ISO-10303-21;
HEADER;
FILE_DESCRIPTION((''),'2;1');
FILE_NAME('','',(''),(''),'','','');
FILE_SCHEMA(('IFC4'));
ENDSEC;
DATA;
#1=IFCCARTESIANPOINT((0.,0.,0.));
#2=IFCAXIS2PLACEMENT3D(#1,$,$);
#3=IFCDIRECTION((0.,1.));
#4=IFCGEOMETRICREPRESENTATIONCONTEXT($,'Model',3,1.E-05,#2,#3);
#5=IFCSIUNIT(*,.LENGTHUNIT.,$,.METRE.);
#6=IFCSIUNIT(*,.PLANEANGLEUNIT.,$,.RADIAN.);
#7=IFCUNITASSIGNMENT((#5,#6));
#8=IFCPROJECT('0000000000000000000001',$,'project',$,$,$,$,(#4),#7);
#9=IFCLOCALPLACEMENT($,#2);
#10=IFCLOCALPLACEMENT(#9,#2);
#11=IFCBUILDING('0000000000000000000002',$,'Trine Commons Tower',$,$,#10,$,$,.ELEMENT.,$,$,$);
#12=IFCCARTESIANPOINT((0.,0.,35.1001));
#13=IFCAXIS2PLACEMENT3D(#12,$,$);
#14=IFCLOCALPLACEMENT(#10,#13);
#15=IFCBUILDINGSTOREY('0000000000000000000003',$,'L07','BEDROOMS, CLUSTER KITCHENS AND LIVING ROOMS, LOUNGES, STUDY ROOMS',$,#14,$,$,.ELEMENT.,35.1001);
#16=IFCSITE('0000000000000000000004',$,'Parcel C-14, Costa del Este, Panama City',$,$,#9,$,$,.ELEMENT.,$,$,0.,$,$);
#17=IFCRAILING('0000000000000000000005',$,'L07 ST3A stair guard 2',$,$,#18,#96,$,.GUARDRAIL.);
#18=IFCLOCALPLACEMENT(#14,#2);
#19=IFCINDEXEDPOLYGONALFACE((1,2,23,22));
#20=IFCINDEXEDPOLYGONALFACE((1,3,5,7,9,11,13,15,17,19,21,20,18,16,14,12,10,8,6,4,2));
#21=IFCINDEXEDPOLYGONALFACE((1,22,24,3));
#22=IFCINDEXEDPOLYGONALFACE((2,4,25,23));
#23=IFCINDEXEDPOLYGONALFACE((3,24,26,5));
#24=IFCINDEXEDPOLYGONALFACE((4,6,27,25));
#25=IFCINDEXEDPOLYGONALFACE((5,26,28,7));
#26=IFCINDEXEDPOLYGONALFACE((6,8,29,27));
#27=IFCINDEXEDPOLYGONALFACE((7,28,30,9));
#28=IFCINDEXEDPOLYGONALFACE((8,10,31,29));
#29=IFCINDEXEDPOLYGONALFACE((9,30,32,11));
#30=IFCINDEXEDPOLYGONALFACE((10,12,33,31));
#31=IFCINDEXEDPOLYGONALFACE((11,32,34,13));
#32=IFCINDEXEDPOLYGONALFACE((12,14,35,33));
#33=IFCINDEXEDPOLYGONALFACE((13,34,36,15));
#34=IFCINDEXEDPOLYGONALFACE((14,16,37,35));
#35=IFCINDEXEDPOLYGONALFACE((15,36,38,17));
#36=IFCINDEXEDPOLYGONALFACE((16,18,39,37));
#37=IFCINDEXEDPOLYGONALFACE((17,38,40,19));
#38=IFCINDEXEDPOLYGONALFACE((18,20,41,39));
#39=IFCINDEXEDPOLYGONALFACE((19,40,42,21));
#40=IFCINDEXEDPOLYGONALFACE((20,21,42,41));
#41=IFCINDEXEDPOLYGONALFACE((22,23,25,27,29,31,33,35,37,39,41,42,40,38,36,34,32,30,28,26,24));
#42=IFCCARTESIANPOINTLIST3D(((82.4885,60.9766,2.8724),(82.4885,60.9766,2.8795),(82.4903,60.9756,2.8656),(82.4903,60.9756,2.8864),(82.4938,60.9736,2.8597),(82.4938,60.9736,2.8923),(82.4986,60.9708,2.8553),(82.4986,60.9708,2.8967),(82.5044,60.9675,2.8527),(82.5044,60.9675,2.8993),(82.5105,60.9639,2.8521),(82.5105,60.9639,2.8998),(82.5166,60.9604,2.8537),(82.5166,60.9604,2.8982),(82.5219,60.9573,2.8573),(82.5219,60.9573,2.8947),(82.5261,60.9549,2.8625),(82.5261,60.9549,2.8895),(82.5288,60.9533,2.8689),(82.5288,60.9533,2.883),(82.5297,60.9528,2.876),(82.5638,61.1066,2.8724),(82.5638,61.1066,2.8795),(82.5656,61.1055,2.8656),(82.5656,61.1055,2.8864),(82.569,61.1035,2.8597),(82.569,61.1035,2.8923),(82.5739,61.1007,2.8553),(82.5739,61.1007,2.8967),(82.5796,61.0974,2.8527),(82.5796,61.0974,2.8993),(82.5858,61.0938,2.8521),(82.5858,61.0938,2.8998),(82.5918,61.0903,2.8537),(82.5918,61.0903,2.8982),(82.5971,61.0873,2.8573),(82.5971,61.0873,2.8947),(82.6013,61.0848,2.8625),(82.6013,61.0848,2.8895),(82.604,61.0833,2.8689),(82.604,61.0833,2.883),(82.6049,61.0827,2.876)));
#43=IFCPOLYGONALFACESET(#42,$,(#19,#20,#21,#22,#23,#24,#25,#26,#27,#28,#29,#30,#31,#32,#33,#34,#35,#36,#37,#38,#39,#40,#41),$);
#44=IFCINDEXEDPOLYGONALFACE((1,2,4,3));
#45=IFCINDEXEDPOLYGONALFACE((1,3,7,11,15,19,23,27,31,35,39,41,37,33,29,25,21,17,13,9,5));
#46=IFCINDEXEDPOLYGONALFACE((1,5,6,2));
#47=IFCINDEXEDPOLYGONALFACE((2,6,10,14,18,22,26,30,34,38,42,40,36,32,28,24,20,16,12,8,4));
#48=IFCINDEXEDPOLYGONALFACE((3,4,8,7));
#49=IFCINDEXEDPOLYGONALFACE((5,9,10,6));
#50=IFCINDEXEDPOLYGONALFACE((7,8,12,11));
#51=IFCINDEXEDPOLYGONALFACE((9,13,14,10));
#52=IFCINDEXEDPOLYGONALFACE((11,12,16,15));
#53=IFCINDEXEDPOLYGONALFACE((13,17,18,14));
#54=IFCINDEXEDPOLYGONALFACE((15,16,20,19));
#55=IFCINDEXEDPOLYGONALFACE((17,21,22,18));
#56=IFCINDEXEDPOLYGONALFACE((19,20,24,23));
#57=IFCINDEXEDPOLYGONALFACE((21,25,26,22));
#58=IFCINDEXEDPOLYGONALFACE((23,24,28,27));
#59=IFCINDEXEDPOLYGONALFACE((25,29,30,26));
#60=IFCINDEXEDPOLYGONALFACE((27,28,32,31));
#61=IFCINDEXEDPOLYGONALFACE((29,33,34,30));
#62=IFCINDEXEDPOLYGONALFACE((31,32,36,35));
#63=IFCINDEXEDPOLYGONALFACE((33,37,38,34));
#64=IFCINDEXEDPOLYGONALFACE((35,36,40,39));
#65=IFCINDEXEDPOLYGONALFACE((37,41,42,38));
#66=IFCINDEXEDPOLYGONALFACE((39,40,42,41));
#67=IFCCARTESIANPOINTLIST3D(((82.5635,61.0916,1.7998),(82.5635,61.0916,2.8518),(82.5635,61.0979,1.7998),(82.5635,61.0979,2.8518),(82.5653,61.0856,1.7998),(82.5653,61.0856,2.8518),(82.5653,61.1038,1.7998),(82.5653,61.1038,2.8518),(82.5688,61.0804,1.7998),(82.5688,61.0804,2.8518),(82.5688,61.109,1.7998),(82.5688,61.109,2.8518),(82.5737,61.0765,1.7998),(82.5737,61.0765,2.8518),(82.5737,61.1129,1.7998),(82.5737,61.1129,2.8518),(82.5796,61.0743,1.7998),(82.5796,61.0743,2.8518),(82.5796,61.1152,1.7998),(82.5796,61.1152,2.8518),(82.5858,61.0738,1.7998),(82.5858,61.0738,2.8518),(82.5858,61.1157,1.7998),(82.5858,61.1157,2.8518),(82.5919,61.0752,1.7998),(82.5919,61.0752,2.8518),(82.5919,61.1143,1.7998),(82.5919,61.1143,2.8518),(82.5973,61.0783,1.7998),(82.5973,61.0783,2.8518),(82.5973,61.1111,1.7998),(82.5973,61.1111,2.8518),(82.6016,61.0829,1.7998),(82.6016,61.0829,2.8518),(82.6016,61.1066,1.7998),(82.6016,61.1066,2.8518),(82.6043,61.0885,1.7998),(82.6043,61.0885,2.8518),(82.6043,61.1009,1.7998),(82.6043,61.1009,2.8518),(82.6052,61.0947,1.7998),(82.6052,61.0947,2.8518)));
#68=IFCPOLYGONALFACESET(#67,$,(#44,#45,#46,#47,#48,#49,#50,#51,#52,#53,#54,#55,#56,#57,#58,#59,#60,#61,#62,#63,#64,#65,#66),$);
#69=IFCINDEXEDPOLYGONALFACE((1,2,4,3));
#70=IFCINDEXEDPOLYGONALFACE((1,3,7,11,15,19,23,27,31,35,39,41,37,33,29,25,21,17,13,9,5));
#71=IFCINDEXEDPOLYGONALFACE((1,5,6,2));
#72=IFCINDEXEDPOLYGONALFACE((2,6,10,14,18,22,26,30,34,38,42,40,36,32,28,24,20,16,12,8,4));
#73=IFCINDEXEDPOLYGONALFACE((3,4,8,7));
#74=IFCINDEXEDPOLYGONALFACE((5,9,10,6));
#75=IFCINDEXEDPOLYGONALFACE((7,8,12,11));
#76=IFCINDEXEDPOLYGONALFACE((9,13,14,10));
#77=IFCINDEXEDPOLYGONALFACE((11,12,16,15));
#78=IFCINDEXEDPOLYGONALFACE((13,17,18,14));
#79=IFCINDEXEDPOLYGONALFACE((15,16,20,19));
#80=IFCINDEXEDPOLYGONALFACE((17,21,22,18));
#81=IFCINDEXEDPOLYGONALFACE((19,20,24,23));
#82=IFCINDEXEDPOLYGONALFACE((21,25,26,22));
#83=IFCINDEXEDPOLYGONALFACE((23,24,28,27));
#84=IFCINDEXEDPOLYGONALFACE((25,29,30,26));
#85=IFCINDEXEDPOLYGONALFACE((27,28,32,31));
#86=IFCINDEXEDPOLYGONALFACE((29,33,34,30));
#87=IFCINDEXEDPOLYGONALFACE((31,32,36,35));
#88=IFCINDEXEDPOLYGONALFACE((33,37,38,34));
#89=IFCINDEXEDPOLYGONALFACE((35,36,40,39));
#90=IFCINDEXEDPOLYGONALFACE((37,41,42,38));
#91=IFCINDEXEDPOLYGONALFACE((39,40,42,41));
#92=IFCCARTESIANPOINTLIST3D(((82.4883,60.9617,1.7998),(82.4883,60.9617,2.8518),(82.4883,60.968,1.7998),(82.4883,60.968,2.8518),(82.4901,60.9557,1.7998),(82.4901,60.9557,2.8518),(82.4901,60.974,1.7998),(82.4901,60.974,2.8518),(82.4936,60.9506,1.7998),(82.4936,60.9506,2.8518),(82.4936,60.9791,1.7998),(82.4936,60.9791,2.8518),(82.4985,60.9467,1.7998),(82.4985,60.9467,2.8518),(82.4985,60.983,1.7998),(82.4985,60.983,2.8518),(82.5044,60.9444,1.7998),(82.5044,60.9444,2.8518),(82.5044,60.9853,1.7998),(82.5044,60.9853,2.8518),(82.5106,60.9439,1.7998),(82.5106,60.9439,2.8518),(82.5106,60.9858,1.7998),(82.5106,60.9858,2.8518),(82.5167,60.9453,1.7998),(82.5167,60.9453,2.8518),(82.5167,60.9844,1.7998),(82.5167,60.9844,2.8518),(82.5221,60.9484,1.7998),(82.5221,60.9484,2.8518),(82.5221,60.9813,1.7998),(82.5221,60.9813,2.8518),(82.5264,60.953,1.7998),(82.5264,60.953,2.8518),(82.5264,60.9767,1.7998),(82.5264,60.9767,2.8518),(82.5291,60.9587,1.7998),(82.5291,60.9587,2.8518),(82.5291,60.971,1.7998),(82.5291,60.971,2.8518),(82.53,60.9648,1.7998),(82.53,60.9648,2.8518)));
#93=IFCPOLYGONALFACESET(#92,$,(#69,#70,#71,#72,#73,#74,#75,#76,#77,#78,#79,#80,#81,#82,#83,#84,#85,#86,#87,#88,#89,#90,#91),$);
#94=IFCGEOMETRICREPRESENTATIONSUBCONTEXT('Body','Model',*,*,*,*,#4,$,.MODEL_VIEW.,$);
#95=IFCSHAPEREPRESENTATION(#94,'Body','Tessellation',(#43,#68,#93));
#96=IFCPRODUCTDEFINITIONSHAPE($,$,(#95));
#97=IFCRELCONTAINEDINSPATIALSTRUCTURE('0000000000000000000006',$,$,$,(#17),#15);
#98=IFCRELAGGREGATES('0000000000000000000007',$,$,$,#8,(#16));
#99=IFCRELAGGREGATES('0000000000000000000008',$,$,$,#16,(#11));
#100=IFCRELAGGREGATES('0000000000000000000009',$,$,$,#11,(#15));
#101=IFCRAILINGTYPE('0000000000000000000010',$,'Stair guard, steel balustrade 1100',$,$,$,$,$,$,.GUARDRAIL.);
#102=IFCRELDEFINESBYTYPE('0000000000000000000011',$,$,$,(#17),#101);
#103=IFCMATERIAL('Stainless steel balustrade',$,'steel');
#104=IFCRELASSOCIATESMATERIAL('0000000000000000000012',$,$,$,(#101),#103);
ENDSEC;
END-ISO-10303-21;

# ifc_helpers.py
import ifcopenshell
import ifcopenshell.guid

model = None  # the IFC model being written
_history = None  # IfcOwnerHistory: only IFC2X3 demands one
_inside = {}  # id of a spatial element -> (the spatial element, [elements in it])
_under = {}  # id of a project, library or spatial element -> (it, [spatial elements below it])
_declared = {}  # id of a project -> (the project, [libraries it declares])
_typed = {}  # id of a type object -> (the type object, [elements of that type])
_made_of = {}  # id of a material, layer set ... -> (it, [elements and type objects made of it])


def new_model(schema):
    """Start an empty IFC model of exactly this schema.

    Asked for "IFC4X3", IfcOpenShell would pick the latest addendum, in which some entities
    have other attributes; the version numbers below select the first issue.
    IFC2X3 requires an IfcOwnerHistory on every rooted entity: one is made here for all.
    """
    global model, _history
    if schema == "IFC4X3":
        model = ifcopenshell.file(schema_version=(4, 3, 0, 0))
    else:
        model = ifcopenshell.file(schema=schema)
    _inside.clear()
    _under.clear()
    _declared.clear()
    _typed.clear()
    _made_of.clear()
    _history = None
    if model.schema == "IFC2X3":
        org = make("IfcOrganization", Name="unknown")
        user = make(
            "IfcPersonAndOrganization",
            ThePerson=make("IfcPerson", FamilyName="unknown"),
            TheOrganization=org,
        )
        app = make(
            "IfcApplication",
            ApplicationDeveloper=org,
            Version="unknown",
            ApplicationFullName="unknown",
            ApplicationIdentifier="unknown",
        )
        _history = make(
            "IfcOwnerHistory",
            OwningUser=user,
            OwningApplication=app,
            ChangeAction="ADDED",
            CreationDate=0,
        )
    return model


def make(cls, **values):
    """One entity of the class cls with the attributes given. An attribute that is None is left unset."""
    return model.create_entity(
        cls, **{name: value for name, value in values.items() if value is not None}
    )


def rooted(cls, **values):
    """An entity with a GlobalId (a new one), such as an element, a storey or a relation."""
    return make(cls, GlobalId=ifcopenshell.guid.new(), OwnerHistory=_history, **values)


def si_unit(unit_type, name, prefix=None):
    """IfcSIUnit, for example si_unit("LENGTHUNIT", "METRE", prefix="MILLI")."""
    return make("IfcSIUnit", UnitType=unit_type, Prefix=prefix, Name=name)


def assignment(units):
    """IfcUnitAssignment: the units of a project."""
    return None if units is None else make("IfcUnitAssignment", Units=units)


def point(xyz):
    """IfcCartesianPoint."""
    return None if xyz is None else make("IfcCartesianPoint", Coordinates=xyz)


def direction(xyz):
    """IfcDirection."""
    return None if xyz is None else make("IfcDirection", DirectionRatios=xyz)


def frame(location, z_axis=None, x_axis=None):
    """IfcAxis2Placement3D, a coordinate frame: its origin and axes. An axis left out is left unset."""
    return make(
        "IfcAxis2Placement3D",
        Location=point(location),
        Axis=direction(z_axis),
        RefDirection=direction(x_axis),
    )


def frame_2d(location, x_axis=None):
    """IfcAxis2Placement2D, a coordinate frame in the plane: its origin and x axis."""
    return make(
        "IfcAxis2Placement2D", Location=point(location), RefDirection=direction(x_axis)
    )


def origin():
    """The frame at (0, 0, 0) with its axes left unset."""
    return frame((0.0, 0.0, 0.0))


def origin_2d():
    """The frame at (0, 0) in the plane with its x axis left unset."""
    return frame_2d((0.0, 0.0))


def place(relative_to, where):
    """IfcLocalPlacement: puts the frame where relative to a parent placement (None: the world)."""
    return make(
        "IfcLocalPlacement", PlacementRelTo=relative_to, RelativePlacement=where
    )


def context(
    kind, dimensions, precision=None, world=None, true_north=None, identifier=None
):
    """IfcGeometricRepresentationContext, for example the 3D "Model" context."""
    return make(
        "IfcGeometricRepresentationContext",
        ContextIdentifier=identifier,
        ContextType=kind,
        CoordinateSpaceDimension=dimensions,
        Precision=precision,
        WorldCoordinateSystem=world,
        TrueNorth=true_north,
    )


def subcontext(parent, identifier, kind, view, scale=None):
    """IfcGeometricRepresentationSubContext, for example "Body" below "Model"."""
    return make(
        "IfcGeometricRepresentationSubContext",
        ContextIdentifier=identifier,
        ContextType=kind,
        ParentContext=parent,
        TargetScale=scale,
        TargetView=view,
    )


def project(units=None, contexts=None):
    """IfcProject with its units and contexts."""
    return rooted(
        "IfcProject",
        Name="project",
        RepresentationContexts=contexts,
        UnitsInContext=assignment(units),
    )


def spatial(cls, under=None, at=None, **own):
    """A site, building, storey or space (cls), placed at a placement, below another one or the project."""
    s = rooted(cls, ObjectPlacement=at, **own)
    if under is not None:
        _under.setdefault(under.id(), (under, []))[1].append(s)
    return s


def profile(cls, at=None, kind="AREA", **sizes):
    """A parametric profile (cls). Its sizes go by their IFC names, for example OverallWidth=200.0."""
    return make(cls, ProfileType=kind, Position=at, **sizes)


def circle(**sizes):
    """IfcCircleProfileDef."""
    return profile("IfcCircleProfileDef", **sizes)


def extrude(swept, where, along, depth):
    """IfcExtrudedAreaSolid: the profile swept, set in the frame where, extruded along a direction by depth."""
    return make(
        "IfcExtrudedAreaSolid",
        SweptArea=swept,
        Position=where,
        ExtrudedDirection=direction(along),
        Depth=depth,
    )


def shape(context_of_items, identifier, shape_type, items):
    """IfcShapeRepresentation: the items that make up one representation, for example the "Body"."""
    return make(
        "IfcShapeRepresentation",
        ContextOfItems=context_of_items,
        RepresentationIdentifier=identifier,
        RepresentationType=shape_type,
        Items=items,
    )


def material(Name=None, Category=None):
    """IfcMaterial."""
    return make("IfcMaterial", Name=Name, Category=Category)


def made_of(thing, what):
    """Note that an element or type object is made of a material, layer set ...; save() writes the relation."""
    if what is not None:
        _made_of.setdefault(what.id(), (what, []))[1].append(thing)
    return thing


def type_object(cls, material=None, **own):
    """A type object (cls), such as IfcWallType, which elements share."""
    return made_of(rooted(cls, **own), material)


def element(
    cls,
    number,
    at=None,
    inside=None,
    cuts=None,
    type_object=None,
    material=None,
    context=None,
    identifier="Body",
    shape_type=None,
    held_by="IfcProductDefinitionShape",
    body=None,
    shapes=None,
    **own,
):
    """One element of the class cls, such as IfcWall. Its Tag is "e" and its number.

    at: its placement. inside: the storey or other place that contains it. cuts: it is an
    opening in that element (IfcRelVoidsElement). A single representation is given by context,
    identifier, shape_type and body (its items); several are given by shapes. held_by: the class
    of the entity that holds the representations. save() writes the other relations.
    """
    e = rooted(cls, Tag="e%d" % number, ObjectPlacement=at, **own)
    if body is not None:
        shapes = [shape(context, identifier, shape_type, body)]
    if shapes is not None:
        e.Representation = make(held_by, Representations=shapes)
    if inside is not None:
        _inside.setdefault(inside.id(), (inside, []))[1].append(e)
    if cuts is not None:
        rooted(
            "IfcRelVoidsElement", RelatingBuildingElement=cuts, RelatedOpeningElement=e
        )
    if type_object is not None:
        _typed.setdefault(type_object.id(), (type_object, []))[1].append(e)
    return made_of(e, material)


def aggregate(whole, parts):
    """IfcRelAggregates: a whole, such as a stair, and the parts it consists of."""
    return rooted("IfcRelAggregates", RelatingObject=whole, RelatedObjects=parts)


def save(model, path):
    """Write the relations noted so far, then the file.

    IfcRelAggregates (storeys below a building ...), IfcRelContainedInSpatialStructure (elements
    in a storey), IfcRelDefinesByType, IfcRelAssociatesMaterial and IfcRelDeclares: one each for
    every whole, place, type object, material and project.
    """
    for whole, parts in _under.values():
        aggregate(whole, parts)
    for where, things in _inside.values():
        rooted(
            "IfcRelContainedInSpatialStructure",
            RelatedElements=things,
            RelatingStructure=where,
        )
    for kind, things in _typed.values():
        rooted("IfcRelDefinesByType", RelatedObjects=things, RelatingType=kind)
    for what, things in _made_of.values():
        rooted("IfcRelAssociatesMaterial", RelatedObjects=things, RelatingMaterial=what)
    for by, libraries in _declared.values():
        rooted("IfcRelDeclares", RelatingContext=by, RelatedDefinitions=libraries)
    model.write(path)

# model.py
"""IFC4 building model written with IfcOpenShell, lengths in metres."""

from ifc_helpers import new_model, si_unit, direction, frame, origin, origin_2d, place, context, subcontext, project, spatial, circle, extrude, material, type_object, element, save


model = new_model("IFC4")

# Units and contexts
model_context = context("Model", 3, precision=1e-05, world=origin(), true_north=direction((0.0, 1.0)))
body_context = subcontext(model_context, "Body", "Model", "MODEL_VIEW")
ifc_project = project(units=[si_unit("LENGTHUNIT", "METRE"), si_unit("PLANEANGLEUNIT", "RADIAN")], contexts=[model_context])

# Site, building, storey
site_placement = place(None, origin())
site = spatial("IfcSite", under=ifc_project, at=site_placement, Name="Parcel C-14, Costa del Este, Panama City", CompositionType="ELEMENT", RefElevation=0.0)
building_placement = place(site_placement, origin())
building = spatial("IfcBuilding", under=site, at=building_placement, Name="Trine Commons Tower", CompositionType="ELEMENT")
storey_placement = place(building_placement, frame((0.0, 0.0, 35.1001)))
storey = spatial("IfcBuildingStorey", under=building, at=storey_placement, Name="L07", Description="BEDROOMS, CLUSTER KITCHENS AND LIVING ROOMS, LOUNGES, STUDY ROOMS", CompositionType="ELEMENT", Elevation=35.1001)

# Railing
ifc_material_1 = material(Name="Stainless steel balustrade", Category="steel")
railing_type_1 = type_object("IfcRailingType", Name="Stair guard, steel balustrade 1100", PredefinedType="GUARDRAIL", material=ifc_material_1)
railing_1_placement = place(storey_placement, frame((82.5842, 61.0947, 1.7998)))
element("IfcRailing", 1, at=railing_1_placement, inside=storey, type_object=railing_type_1, Name="L07 ST3A stair guard 2", PredefinedType="GUARDRAIL", context=body_context, shape_type="SweptSolid", body=[
    extrude(circle(Radius=0.0239, at=origin_2d()), frame((0.0, 0.0, 1.0762), z_axis=(-0.501036, -0.865426, 0.0), x_axis=(0.865426, -0.501036, 0.0)), (0.0, 0.0, 1.0), 0.1501),
    extrude(circle(Radius=0.021, at=origin_2d()), origin(), (0.0, 0.0, 1.0), 1.052),
    extrude(circle(Radius=0.021, at=origin_2d()), frame((-0.0752, -0.1299, 0.0)), (0.0, 0.0, 1.0), 1.052),
])

save(model, "model.ifc")
